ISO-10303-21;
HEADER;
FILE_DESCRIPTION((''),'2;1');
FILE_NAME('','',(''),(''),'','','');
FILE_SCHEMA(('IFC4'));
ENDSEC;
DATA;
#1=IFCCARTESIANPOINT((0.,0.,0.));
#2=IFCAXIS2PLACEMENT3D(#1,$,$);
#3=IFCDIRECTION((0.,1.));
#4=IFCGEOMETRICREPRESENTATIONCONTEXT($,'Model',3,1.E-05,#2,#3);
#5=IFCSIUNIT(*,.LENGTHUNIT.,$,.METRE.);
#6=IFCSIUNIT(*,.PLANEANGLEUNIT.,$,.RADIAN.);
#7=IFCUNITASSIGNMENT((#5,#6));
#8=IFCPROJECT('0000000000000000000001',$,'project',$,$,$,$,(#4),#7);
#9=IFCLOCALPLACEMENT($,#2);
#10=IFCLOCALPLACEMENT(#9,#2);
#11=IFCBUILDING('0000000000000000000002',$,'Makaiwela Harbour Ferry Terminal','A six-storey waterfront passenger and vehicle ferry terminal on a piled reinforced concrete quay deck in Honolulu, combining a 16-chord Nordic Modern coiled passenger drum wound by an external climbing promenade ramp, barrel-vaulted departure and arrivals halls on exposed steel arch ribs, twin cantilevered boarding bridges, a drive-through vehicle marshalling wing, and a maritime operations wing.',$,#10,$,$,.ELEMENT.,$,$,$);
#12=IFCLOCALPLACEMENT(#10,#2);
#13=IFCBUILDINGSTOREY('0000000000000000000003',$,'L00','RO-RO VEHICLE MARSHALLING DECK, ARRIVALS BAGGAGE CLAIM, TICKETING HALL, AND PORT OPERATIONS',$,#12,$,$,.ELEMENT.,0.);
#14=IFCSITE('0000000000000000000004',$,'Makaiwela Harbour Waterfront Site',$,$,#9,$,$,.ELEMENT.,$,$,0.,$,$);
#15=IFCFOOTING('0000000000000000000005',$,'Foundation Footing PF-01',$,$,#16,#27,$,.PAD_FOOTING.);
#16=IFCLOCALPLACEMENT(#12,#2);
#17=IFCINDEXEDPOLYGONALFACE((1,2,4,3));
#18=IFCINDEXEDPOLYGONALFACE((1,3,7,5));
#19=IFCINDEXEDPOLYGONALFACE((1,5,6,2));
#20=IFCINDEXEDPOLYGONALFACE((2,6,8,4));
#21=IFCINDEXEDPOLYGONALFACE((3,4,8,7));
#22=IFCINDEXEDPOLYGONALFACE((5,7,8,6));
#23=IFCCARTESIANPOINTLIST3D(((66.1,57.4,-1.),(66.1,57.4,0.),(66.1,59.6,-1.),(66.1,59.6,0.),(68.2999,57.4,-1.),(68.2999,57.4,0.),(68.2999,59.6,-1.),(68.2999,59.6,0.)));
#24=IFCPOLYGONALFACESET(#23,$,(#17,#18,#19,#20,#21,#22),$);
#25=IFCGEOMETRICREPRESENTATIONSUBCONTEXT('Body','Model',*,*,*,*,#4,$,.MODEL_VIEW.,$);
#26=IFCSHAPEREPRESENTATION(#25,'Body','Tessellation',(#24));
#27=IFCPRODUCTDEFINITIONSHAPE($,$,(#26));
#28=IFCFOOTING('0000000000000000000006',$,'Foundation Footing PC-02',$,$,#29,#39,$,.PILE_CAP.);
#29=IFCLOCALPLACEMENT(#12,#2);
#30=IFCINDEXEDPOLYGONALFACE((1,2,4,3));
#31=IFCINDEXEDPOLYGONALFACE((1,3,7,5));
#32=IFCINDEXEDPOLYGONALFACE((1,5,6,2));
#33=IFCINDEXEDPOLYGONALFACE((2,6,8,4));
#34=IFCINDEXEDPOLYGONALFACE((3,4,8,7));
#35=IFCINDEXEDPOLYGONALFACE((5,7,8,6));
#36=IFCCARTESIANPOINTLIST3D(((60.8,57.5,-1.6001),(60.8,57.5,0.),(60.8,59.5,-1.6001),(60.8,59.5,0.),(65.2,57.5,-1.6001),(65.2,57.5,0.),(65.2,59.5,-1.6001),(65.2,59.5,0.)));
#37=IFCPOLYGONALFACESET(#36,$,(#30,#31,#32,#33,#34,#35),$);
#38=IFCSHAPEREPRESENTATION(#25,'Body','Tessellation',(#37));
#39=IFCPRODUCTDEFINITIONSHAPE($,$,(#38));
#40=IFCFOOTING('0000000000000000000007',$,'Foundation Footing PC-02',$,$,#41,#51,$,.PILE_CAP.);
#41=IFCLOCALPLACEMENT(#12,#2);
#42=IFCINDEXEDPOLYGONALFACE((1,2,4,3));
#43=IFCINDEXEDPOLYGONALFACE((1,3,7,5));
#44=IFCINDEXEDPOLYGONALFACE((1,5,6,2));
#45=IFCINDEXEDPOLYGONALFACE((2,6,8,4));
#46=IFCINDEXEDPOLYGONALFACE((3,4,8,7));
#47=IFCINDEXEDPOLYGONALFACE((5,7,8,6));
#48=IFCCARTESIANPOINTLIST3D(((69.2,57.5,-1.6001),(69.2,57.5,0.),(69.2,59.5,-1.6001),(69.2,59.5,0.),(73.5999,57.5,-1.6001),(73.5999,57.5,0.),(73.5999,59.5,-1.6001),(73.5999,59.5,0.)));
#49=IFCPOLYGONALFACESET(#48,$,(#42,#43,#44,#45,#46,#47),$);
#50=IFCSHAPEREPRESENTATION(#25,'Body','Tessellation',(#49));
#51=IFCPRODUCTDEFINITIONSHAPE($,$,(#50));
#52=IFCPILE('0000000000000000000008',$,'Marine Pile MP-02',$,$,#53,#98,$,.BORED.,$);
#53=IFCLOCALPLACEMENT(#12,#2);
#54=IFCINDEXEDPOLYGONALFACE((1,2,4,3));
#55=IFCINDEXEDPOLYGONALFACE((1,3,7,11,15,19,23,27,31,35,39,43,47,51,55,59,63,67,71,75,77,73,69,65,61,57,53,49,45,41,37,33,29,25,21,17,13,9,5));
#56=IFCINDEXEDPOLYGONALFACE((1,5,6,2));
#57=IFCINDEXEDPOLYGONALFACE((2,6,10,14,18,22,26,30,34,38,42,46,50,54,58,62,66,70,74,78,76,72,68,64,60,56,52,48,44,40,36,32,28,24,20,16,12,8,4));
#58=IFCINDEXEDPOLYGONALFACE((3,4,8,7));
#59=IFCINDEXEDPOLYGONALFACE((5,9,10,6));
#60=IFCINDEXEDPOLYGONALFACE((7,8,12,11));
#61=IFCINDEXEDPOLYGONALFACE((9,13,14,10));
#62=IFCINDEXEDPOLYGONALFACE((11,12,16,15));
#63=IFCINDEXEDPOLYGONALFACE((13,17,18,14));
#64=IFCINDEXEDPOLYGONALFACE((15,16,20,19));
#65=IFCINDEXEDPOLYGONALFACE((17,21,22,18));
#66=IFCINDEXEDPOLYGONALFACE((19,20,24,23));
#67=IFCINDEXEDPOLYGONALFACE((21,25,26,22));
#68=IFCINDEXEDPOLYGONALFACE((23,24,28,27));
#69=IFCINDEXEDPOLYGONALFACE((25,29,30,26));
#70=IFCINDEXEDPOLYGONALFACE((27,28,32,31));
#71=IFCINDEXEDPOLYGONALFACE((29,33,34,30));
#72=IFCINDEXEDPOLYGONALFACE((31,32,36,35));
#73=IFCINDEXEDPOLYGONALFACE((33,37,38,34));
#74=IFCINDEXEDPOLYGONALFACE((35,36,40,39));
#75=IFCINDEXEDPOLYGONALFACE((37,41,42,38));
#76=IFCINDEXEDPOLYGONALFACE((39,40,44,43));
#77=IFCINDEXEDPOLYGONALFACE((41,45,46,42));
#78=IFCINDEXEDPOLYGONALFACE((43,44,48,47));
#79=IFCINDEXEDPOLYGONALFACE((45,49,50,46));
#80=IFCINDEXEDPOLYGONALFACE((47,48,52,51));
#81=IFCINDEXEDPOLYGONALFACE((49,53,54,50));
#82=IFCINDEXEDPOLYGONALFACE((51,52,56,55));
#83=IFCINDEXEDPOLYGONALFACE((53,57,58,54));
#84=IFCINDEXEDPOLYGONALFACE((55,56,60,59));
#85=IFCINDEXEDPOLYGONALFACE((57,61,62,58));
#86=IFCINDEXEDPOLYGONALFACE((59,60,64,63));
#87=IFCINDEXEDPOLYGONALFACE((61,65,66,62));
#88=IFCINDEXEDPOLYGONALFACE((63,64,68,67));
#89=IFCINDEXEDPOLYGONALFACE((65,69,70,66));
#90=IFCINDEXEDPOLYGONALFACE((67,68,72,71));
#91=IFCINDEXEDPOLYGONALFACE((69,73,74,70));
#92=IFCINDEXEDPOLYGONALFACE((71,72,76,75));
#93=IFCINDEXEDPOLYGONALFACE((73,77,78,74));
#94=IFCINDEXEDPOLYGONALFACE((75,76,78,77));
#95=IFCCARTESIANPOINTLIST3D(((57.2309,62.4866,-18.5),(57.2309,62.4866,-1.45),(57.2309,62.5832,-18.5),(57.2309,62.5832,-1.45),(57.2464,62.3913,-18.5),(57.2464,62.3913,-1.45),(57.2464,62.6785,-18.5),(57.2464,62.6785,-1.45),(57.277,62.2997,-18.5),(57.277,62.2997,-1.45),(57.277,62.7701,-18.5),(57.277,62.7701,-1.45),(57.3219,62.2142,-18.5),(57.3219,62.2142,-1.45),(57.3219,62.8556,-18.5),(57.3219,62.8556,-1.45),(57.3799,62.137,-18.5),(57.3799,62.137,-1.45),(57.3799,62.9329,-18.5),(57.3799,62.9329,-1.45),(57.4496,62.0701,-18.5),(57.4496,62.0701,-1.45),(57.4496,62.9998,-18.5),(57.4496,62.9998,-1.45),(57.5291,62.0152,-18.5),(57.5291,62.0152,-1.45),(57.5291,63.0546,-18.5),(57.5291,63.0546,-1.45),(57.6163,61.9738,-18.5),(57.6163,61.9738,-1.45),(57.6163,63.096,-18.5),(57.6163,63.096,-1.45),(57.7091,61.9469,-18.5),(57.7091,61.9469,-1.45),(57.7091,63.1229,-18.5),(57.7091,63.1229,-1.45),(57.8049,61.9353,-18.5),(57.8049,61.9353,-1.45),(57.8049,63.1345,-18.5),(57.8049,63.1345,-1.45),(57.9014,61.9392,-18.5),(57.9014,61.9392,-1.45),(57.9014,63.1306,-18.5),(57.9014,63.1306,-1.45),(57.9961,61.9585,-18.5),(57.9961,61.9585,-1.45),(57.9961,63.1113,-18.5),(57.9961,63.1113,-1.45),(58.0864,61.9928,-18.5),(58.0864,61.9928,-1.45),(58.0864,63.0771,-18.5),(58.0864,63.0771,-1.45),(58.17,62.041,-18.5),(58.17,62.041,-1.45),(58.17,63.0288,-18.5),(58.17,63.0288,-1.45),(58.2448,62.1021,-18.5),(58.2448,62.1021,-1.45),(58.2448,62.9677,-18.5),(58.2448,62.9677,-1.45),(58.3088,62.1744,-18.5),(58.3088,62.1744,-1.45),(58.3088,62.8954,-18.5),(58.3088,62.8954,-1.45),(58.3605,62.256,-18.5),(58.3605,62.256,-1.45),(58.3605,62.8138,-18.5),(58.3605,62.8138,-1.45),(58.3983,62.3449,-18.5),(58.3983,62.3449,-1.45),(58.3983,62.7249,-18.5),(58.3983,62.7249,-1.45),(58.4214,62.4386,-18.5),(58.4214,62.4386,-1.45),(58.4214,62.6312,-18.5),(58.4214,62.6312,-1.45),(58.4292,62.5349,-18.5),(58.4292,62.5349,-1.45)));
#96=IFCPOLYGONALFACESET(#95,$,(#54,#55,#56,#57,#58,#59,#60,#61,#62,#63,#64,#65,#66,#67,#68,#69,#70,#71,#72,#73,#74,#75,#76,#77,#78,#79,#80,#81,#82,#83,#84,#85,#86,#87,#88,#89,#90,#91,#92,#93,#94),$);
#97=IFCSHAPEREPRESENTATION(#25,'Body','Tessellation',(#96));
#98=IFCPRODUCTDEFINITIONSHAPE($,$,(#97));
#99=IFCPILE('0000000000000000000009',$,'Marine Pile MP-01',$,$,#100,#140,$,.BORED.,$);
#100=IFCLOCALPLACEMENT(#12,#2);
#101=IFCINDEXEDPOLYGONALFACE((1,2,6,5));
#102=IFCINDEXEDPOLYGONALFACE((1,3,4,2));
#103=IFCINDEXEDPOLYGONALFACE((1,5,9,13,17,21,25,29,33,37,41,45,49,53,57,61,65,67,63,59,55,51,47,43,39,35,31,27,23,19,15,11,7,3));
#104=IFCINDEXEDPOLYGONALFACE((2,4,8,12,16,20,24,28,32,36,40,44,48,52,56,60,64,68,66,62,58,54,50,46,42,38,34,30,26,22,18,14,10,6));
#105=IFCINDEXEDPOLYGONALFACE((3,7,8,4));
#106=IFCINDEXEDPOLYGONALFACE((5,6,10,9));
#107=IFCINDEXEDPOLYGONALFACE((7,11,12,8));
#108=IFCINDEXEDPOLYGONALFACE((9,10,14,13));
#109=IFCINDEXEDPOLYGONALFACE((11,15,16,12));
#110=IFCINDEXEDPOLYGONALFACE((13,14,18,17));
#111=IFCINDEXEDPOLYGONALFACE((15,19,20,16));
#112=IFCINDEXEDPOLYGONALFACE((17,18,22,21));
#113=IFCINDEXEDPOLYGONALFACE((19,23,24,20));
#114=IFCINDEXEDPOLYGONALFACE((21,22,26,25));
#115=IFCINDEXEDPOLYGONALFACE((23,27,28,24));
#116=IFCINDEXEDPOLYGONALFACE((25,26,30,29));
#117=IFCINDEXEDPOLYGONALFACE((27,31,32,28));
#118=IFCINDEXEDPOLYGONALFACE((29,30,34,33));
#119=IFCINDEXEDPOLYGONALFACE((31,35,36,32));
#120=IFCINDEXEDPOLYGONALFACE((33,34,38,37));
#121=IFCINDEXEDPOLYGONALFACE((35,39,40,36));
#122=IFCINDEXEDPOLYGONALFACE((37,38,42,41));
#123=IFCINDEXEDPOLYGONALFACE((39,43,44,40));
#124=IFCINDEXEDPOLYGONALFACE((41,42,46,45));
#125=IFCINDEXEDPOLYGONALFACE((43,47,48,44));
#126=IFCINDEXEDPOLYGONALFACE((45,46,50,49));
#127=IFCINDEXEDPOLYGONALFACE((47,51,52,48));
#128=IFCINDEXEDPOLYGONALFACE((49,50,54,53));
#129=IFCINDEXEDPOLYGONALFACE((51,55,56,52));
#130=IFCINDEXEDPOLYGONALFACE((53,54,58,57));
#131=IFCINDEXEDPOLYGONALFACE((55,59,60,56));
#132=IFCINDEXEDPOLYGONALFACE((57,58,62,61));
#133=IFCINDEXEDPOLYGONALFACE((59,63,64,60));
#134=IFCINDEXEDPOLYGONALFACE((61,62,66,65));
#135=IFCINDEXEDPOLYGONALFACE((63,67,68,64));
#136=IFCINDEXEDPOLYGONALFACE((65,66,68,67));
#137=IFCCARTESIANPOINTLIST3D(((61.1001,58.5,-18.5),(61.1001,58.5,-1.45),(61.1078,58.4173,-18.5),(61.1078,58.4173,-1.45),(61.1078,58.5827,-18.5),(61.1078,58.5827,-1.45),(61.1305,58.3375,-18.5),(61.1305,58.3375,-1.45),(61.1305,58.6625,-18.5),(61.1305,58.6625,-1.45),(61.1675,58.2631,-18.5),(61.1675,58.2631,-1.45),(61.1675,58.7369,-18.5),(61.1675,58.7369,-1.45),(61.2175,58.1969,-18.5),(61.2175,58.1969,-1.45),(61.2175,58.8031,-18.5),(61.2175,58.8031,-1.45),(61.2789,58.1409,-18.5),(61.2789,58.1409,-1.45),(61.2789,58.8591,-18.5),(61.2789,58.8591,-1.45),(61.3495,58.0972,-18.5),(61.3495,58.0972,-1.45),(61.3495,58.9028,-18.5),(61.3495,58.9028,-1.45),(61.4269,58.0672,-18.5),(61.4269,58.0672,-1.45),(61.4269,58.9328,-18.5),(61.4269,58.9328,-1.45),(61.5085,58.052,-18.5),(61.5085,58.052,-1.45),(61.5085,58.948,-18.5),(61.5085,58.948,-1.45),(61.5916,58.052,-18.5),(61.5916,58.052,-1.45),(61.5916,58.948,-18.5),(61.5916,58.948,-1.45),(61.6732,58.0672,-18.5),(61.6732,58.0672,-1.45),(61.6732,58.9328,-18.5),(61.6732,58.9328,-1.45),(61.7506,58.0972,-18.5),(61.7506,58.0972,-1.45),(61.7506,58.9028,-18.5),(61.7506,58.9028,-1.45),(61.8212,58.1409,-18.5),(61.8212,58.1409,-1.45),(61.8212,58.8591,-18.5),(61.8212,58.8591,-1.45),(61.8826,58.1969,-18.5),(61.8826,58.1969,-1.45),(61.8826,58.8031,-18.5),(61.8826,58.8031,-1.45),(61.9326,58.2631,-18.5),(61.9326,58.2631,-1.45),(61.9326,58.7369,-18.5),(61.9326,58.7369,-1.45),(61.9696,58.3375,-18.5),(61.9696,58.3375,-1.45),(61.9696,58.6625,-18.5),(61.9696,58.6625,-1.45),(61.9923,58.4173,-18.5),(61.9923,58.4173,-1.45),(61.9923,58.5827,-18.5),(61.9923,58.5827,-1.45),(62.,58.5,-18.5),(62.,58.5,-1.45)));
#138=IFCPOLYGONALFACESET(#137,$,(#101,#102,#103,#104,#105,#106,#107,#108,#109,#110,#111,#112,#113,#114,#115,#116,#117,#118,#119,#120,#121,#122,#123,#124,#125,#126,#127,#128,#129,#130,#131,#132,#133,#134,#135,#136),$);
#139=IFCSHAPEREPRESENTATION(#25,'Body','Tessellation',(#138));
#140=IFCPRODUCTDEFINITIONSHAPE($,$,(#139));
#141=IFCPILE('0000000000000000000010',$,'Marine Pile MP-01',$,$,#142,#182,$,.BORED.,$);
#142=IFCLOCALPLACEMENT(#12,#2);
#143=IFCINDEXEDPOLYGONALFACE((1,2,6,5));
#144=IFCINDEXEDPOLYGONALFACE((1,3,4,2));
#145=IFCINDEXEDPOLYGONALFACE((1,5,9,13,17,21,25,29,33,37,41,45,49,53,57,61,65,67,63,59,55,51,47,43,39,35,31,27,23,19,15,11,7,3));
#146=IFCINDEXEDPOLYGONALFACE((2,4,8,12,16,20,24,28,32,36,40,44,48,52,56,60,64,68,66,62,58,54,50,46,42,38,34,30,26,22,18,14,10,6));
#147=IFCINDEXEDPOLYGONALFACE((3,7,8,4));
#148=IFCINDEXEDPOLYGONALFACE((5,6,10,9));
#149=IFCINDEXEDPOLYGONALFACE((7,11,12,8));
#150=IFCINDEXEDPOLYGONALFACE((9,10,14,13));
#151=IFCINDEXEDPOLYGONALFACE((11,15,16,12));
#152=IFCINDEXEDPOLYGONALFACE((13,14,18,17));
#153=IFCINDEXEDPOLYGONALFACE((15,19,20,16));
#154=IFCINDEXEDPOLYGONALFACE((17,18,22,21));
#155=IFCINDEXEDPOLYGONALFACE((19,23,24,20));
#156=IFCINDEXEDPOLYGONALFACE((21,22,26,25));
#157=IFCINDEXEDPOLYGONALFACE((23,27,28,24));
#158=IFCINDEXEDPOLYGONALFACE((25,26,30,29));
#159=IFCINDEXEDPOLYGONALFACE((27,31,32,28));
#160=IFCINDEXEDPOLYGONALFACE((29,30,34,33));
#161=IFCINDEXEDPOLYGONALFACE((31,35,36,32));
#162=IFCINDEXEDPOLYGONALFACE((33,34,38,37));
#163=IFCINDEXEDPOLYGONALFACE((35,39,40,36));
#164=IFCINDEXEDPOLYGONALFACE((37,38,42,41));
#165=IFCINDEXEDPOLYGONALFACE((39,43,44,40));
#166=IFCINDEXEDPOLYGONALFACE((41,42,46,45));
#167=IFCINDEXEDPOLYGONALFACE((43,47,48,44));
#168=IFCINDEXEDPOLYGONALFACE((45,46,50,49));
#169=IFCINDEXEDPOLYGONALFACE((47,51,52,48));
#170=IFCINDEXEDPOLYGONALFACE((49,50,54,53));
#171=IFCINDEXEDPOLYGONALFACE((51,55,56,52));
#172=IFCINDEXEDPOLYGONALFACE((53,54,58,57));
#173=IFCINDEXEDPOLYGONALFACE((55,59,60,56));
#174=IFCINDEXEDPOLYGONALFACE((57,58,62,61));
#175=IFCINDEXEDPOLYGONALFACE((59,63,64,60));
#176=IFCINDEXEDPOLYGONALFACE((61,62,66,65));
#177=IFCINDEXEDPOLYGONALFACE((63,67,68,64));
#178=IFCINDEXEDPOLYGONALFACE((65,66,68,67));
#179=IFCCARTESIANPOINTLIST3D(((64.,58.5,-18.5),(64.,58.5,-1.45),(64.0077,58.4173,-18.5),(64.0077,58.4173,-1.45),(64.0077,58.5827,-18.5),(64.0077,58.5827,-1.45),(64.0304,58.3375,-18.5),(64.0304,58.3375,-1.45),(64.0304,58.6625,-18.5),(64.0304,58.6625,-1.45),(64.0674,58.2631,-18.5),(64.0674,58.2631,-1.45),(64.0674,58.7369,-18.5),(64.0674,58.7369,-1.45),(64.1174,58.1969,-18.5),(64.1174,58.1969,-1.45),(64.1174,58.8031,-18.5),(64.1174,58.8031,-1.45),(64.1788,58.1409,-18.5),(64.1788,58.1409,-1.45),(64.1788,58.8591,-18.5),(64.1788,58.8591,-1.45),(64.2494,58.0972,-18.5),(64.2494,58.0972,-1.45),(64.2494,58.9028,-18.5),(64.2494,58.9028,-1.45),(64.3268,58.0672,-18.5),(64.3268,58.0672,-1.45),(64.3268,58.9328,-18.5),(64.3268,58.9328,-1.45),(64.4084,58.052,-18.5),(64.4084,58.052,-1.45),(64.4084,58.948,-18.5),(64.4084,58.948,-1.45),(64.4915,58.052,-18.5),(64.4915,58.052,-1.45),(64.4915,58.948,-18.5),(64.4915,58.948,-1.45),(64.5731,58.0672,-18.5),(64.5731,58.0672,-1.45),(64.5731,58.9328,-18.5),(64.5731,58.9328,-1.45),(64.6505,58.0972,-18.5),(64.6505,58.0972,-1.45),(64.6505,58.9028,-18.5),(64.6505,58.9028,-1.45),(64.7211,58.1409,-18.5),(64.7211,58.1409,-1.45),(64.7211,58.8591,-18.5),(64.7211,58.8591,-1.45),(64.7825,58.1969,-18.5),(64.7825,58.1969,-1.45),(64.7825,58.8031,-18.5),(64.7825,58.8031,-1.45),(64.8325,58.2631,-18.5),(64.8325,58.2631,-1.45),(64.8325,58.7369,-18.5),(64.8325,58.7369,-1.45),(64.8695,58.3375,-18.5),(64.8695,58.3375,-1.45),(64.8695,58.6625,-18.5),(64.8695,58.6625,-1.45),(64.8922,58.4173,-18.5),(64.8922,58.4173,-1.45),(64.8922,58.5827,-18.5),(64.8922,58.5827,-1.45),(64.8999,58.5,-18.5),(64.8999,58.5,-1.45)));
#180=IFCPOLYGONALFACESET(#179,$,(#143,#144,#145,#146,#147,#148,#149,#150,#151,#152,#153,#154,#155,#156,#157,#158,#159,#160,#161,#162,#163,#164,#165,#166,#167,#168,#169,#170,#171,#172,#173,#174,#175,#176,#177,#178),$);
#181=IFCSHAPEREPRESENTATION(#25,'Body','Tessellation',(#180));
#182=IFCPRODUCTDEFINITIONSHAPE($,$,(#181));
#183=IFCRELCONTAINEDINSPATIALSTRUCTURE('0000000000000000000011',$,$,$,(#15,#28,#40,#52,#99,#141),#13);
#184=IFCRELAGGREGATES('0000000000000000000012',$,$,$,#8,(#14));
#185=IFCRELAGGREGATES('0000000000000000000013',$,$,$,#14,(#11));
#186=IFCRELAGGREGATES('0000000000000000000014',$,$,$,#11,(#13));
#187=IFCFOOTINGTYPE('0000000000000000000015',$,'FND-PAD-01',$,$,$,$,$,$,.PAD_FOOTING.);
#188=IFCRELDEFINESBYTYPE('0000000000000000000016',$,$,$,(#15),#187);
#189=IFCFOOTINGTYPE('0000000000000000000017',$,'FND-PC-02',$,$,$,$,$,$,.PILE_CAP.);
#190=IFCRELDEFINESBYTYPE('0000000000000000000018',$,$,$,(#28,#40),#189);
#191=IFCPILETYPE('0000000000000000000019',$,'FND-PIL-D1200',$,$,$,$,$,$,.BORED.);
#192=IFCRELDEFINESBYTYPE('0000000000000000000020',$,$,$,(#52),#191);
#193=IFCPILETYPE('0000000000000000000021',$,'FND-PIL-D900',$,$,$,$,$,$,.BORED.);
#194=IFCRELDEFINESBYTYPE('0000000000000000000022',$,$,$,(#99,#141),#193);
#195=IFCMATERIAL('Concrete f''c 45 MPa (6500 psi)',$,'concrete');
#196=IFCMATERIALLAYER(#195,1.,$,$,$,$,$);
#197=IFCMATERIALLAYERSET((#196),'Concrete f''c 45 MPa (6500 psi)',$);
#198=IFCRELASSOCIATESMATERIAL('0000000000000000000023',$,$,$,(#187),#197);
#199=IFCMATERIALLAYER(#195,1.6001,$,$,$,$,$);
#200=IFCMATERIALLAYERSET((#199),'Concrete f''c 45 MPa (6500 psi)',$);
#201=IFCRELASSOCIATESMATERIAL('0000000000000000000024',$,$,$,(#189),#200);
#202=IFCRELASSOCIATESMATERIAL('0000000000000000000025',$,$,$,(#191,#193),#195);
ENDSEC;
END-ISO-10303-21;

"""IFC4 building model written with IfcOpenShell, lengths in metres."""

from ifc_helpers import new_model, si_unit, direction, frame, origin, origin_2d, place, context, subcontext, project, spatial, rectangle, circle, extrude, material, layer, layer_set, material_profile, profile_set, type_object, element, save


model = new_model("IFC4")

# Units and contexts
model_context = context("Model", 3, precision=1e-05, world=origin(), true_north=direction((0.0, 1.0)))
body_context = subcontext(model_context, "Body", "Model", "MODEL_VIEW")
ifc_project = project(units=[si_unit("LENGTHUNIT", "METRE"), si_unit("PLANEANGLEUNIT", "RADIAN")], contexts=[model_context])

# Site, building, storey
site_placement = place(None, origin())
site = spatial("IfcSite", under=ifc_project, at=site_placement, Name="Makaiwela Harbour Waterfront Site", CompositionType="ELEMENT", RefElevation=0.0)
building_placement = place(site_placement, origin())
building = spatial("IfcBuilding", under=site, at=building_placement, Name="Makaiwela Harbour Ferry Terminal", Description="A six-storey waterfront passenger and vehicle ferry terminal on a piled reinforced concrete quay deck in Honolulu, combining a 16-chord Nordic Modern coiled passenger drum wound by an external climbing promenade ramp, barrel-vaulted departure and arrivals halls on exposed steel arch ribs, twin cantilevered boarding bridges, a drive-through vehicle marshalling wing, and a maritime operations wing.", CompositionType="ELEMENT")
storey_placement = place(building_placement, origin())
storey = spatial("IfcBuildingStorey", under=building, at=storey_placement, Name="L00", Description="RO-RO VEHICLE MARSHALLING DECK, ARRIVALS BAGGAGE CLAIM, TICKETING HALL, AND PORT OPERATIONS", CompositionType="ELEMENT", Elevation=0.0)

# Footings
ifc_material_1 = material(Name="Concrete f'c 45 MPa (6500 psi)", Category="concrete")
ifc_layer_1 = layer(ifc_material_1, 1.0)
ifc_layer_set_1 = layer_set([ifc_layer_1], Name="Concrete f'c 45 MPa (6500 psi)")
footing_type_1 = type_object("IfcFootingType", Name="FND-PAD-01", PredefinedType="PAD_FOOTING", material=ifc_layer_set_1)
footing_placement = place(storey_placement, frame((67.2, 58.5, -1.0), z_axis=(0.0, 0.0, 1.0), x_axis=(1.0, 0.0, 0.0)))
element("IfcFooting", 1, at=footing_placement, inside=storey, type_object=footing_type_1, Name="Foundation Footing PF-01", PredefinedType="PAD_FOOTING", context=body_context, shape_type="SweptSolid", body=[
    extrude(rectangle(XDim=2.2, YDim=2.2, at=origin_2d()), origin(), (0.0, 0.0, 1.0), 1.0),
])
ifc_layer_2 = layer(ifc_material_1, 1.6001)
ifc_layer_set_2 = layer_set([ifc_layer_2], Name="Concrete f'c 45 MPa (6500 psi)")
footing_type_2 = type_object("IfcFootingType", Name="FND-PC-02", PredefinedType="PILE_CAP", material=ifc_layer_set_2)
for number, where, z_axis, x_axis, name in (
    (2, (63.0, 58.5, -1.6001), (0.0, 0.0, 1.0), (1.0, 0.0, 0.0), "Foundation Footing PC-02"),
    (3, (71.3999, 58.5, -1.6001), (0.0, 0.0, 1.0), (1.0, 0.0, 0.0), "Foundation Footing PC-02"),
):
    element("IfcFooting", number, at=place(storey_placement, frame(where, z_axis=z_axis, x_axis=x_axis)), inside=storey, type_object=footing_type_2, Name=name, PredefinedType="PILE_CAP", context=body_context, shape_type="SweptSolid", body=[
        extrude(rectangle(XDim=4.3999, YDim=2.0, at=origin_2d()), origin(), (0.0, 0.0, 1.0), 1.6001),
    ])

# Piles
ifc_material_profile_1 = material_profile(ifc_material_1, circle(Radius=0.6001, at=origin_2d()), Name="PILE-D1200")
ifc_profile_set_1 = profile_set([ifc_material_profile_1], Name="Concrete f'c 45 MPa (6500 psi)")
pile_type_1 = type_object("IfcPileType", Name="FND-PIL-D1200", PredefinedType="BORED", material=ifc_profile_set_1)
pile_placement = place(storey_placement, frame((57.8291, 62.5349, -1.45), z_axis=(0.0, 0.0, -1.0), x_axis=(1.0, 0.0, 0.0)))
element("IfcPile", 4, at=pile_placement, inside=storey, type_object=pile_type_1, Name="Marine Pile MP-02", PredefinedType="BORED", context=body_context, shape_type="SweptSolid", body=[
    extrude(circle(Radius=0.6001, at=origin_2d()), origin(), (0.0, 0.0, 1.0), 17.05),
])
ifc_material_profile_2 = material_profile(ifc_material_1, circle(Radius=0.45, at=origin_2d()), Name="PILE-D900")
ifc_profile_set_2 = profile_set([ifc_material_profile_2], Name="Concrete f'c 45 MPa (6500 psi)")
pile_type_2 = type_object("IfcPileType", Name="FND-PIL-D900", PredefinedType="BORED", material=ifc_profile_set_2)
for number, where, z_axis, x_axis, name in (
    (5, (61.55, 58.5, -1.45), (0.0, 0.0, -1.0), (1.0, 0.0, 0.0), "Marine Pile MP-01"),
    (6, (64.45, 58.5, -1.45), (0.0, 0.0, -1.0), (1.0, 0.0, 0.0), "Marine Pile MP-01"),
):
    element("IfcPile", number, at=place(storey_placement, frame(where, z_axis=z_axis, x_axis=x_axis)), inside=storey, type_object=pile_type_2, Name=name, PredefinedType="BORED", context=body_context, shape_type="SweptSolid", body=[
        extrude(circle(Radius=0.45, at=origin_2d()), origin(), (0.0, 0.0, 1.0), 17.05),
    ])

save(model, "model.ifc")
